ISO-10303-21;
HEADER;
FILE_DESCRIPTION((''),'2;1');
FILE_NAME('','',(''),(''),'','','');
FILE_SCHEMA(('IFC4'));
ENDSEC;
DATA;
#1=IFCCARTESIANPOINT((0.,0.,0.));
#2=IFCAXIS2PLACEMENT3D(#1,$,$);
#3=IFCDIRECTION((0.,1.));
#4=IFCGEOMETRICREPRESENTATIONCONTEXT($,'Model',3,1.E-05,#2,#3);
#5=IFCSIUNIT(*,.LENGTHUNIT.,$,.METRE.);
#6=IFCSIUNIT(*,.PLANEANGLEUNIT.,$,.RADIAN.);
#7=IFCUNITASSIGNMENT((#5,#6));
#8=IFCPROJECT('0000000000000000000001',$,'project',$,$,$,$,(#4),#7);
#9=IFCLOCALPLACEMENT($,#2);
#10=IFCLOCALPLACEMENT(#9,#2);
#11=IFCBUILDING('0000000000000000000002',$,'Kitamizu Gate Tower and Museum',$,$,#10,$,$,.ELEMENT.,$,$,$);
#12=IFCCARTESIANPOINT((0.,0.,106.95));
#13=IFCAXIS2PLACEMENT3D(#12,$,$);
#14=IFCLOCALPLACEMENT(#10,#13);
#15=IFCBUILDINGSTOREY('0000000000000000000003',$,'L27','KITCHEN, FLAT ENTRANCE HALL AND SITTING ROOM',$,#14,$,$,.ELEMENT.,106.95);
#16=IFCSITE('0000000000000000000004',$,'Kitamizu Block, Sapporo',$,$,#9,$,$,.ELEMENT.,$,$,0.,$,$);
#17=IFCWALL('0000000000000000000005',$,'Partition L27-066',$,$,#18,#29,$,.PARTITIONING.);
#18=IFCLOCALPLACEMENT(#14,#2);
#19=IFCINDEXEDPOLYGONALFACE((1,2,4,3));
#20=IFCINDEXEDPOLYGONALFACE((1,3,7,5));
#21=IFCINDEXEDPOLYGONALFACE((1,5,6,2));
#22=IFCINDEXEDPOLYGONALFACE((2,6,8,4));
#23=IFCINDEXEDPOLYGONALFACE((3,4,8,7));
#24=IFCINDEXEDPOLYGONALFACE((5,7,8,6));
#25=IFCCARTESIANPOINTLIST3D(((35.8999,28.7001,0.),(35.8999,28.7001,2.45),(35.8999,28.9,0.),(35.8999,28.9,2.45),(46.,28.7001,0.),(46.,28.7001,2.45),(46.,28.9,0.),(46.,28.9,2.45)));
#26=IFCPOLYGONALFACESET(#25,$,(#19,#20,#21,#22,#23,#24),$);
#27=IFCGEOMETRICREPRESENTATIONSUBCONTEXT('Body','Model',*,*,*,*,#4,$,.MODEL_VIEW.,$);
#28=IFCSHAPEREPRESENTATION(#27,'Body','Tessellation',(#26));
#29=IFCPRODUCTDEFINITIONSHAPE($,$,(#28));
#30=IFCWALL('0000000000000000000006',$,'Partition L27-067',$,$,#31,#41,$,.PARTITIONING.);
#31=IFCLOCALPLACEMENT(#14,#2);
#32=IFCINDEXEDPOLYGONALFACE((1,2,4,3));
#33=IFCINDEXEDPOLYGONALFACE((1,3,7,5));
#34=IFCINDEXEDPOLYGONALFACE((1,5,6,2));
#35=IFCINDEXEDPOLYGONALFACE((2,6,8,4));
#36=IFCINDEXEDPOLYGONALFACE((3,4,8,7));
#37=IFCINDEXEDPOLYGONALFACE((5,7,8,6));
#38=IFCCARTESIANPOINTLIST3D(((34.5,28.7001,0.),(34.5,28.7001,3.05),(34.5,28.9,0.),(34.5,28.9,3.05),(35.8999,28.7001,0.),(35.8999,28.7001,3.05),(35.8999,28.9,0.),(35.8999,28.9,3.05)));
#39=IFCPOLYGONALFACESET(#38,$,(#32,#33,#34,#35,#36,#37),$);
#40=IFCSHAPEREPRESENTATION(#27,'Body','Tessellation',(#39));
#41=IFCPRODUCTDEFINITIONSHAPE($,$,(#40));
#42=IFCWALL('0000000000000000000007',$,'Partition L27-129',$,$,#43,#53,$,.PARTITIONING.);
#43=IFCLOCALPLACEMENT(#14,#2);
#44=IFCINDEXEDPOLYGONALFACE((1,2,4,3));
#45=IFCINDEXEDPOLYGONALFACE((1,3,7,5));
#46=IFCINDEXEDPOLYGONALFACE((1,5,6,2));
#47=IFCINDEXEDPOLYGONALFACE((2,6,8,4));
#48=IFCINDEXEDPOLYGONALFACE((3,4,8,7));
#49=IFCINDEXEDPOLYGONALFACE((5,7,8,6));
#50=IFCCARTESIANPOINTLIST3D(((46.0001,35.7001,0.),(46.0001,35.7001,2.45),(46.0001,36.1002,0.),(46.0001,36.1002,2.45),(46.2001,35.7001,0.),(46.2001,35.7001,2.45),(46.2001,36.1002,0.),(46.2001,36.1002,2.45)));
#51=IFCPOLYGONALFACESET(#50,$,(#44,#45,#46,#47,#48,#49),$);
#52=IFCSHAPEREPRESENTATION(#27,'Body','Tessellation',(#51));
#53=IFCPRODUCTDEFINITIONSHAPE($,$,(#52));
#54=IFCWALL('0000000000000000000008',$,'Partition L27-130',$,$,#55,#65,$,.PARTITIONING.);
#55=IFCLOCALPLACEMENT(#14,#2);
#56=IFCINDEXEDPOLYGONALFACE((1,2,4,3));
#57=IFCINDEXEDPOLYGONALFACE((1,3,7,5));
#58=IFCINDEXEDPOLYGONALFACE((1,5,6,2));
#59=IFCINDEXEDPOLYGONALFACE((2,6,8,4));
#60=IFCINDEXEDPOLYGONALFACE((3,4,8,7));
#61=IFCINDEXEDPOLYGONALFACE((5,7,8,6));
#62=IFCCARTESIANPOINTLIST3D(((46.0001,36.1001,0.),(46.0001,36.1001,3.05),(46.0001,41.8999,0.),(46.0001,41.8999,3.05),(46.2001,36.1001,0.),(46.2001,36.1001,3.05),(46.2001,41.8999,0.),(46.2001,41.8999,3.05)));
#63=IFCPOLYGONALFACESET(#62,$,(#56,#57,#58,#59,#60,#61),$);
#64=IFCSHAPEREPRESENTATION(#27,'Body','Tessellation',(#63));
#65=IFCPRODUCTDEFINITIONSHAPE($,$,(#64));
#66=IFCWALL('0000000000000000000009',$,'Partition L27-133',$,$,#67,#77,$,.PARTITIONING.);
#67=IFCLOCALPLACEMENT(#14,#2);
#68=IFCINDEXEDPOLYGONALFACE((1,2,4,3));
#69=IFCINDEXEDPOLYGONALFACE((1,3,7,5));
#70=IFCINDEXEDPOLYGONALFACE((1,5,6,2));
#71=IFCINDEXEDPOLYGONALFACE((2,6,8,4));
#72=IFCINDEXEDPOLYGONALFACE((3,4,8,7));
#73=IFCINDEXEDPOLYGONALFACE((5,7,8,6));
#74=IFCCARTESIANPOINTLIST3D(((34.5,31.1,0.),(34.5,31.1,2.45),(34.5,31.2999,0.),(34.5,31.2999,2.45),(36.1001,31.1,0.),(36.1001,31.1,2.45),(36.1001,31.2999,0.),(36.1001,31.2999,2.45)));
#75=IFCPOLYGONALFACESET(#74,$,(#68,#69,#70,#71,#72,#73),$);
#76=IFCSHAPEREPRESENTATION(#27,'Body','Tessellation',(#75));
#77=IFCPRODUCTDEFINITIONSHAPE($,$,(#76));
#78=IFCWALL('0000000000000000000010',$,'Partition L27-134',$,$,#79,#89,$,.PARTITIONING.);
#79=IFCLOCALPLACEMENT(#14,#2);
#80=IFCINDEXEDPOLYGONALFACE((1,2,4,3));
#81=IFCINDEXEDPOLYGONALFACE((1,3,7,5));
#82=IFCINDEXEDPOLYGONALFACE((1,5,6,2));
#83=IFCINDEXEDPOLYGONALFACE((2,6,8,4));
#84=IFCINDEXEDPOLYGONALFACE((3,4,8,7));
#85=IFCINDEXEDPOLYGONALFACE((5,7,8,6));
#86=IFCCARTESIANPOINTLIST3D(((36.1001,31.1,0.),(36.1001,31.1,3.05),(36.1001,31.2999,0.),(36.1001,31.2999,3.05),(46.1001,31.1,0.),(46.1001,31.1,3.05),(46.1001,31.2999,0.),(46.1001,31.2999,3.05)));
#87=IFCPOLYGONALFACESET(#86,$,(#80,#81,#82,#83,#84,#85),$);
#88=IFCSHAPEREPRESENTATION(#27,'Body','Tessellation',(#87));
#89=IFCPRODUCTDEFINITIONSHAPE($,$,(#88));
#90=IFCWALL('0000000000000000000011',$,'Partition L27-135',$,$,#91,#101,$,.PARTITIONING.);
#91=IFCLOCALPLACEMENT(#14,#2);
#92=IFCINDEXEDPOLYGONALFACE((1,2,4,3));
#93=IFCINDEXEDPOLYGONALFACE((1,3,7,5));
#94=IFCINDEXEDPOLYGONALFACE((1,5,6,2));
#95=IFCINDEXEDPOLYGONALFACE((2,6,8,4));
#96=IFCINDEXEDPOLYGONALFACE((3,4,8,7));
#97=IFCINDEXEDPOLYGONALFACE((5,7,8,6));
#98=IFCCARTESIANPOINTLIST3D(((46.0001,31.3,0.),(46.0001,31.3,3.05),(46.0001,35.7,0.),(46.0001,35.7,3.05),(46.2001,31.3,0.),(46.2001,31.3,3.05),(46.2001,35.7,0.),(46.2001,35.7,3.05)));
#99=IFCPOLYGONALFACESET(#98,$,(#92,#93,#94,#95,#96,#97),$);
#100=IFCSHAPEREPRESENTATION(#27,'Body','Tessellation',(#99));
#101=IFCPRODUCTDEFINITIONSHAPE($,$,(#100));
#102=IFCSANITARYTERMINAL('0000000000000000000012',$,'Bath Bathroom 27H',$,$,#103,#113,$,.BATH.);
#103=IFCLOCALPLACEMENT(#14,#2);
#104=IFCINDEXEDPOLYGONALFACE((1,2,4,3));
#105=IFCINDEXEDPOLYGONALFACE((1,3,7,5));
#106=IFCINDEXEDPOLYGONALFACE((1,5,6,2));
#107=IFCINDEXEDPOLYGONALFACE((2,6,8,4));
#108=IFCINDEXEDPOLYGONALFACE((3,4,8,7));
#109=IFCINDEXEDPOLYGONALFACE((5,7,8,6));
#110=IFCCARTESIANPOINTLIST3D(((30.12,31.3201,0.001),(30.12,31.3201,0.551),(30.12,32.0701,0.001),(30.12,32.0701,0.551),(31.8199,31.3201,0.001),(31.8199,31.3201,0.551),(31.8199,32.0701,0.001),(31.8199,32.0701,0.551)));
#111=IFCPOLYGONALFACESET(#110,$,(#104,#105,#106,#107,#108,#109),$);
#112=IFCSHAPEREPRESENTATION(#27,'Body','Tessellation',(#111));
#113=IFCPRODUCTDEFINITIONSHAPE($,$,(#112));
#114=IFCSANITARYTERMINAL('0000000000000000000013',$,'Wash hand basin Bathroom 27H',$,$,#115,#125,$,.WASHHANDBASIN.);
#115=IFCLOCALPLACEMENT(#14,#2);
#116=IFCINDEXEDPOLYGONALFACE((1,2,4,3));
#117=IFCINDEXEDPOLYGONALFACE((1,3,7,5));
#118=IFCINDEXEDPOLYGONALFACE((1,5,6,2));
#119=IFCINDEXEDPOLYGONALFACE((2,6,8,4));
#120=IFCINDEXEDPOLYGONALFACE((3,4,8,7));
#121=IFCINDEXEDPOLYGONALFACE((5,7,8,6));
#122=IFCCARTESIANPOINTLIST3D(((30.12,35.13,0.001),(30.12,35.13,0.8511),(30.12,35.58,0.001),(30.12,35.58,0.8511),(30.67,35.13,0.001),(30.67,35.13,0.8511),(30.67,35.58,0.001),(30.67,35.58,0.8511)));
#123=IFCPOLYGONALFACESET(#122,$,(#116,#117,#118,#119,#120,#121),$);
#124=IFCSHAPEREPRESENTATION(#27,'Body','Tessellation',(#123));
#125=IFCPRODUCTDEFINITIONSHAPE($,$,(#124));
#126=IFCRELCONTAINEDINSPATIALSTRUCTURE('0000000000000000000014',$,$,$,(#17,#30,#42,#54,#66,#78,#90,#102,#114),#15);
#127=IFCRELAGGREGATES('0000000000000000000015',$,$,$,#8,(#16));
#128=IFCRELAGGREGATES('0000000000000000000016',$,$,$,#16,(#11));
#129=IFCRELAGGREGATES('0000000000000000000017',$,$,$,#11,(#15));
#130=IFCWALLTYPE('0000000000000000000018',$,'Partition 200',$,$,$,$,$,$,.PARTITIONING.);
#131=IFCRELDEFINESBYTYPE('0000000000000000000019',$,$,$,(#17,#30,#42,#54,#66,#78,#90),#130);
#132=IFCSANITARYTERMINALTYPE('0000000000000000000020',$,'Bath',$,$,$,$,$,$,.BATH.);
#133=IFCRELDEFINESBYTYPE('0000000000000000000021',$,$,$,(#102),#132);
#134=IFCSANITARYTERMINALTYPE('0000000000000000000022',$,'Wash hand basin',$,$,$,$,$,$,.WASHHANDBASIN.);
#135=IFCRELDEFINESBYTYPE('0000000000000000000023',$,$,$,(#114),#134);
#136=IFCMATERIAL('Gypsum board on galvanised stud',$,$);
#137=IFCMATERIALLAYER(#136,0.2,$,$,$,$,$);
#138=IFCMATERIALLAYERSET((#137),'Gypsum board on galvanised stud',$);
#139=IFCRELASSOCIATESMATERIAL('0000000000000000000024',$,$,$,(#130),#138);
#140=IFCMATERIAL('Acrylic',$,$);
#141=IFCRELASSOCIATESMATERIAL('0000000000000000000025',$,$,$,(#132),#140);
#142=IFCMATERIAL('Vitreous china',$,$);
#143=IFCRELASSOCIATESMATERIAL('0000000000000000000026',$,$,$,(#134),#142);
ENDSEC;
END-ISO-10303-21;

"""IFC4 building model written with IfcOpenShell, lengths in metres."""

from ifc_helpers import new_model, si_unit, direction, frame, frame_2d, origin, origin_2d, place, context, subcontext, project, spatial, rectangle, extrude, material, layer, layer_set, type_object, element, save


model = new_model("IFC4")

# Units and contexts
model_context = context("Model", 3, precision=1e-05, world=origin(), true_north=direction((0.0, 1.0)))
body_context = subcontext(model_context, "Body", "Model", "MODEL_VIEW")
ifc_project = project(units=[si_unit("LENGTHUNIT", "METRE"), si_unit("PLANEANGLEUNIT", "RADIAN")], contexts=[model_context])

# Site, building, storey
site_placement = place(None, origin())
site = spatial("IfcSite", under=ifc_project, at=site_placement, Name="Kitamizu Block, Sapporo", CompositionType="ELEMENT", RefElevation=0.0)
building_placement = place(site_placement, origin())
building = spatial("IfcBuilding", under=site, at=building_placement, Name="Kitamizu Gate Tower and Museum", CompositionType="ELEMENT")
storey_placement = place(building_placement, frame((0.0, 0.0, 106.95)))
storey = spatial("IfcBuildingStorey", under=building, at=storey_placement, Name="L27", Description="KITCHEN, FLAT ENTRANCE HALL AND SITTING ROOM", CompositionType="ELEMENT", Elevation=106.95)

# Walls
ifc_material_1 = material(Name="Gypsum board on galvanised stud")
ifc_layer_1 = layer(ifc_material_1, 0.2)
ifc_layer_set_1 = layer_set([ifc_layer_1], Name="Gypsum board on galvanised stud")
wall_type_1 = type_object("IfcWallType", Name="Partition 200", PredefinedType="PARTITIONING", material=ifc_layer_set_1)
wall_1_placement = place(storey_placement, frame((46.0, 28.8, 0.0), z_axis=(0.0, 0.0, 1.0), x_axis=(-1.0, 0.0, 0.0)))
element("IfcWall", 1, at=wall_1_placement, inside=storey, type_object=wall_type_1, Name="Partition L27-066", PredefinedType="PARTITIONING", context=body_context, shape_type="SweptSolid", body=[
    extrude(rectangle(XDim=10.1001, YDim=0.2, at=frame_2d((5.05, 0.0))), origin(), (0.0, 0.0, 1.0), 2.45),
])
wall_2_placement = place(storey_placement, frame((35.8999, 28.8, 0.0), z_axis=(0.0, 0.0, 1.0), x_axis=(-1.0, 0.0, 0.0)))
element("IfcWall", 2, at=wall_2_placement, inside=storey, type_object=wall_type_1, Name="Partition L27-067", PredefinedType="PARTITIONING", context=body_context, shape_type="SweptSolid", body=[
    extrude(rectangle(XDim=1.3999, YDim=0.2, at=frame_2d((0.7, 0.0))), origin(), (0.0, 0.0, 1.0), 3.05),
])
wall_3_placement = place(storey_placement, frame((46.1001, 35.7, 0.0), z_axis=(0.0, 0.0, 1.0), x_axis=(0.0, 1.0, 0.0)))
element("IfcWall", 3, at=wall_3_placement, inside=storey, type_object=wall_type_1, Name="Partition L27-129", PredefinedType="PARTITIONING", context=body_context, shape_type="SweptSolid", body=[
    extrude(rectangle(XDim=0.4001, YDim=0.2, at=frame_2d((0.2002, 0.0))), origin(), (0.0, 0.0, 1.0), 2.45),
])
wall_4_placement = place(storey_placement, frame((46.1001, 36.1001, 0.0), z_axis=(0.0, 0.0, 1.0), x_axis=(0.0, 1.0, 0.0)))
element("IfcWall", 4, at=wall_4_placement, inside=storey, type_object=wall_type_1, Name="Partition L27-130", PredefinedType="PARTITIONING", context=body_context, shape_type="SweptSolid", body=[
    extrude(rectangle(XDim=5.7998, YDim=0.2, at=frame_2d((2.8999, 0.0))), origin(), (0.0, 0.0, 1.0), 3.05),
])
wall_5_placement = place(storey_placement, frame((34.5, 31.2, 0.0), z_axis=(0.0, 0.0, 1.0), x_axis=(1.0, 0.0, 0.0)))
element("IfcWall", 5, at=wall_5_placement, inside=storey, type_object=wall_type_1, Name="Partition L27-133", PredefinedType="PARTITIONING", context=body_context, shape_type="SweptSolid", body=[
    extrude(rectangle(XDim=1.6001, YDim=0.2, at=frame_2d((0.8, 0.0))), origin(), (0.0, 0.0, 1.0), 2.45),
])
wall_6_placement = place(storey_placement, frame((36.1001, 31.2, 0.0), z_axis=(0.0, 0.0, 1.0), x_axis=(1.0, 0.0, 0.0)))
element("IfcWall", 6, at=wall_6_placement, inside=storey, type_object=wall_type_1, Name="Partition L27-134", PredefinedType="PARTITIONING", context=body_context, shape_type="SweptSolid", body=[
    extrude(rectangle(XDim=10.0, YDim=0.2, at=frame_2d((5.0, 0.0))), origin(), (0.0, 0.0, 1.0), 3.05),
])
wall_7_placement = place(storey_placement, frame((46.1001, 31.3, 0.0), z_axis=(0.0, 0.0, 1.0), x_axis=(0.0, 1.0, 0.0)))
element("IfcWall", 7, at=wall_7_placement, inside=storey, type_object=wall_type_1, Name="Partition L27-135", PredefinedType="PARTITIONING", context=body_context, shape_type="SweptSolid", body=[
    extrude(rectangle(XDim=4.3999, YDim=0.2, at=frame_2d((2.2, 0.0))), origin(), (0.0, 0.0, 1.0), 3.05),
])

# Sanitary terminals
ifc_material_2 = material(Name="Acrylic")
sanitary_terminal_type_1 = type_object("IfcSanitaryTerminalType", Name="Bath", PredefinedType="BATH", material=ifc_material_2)
sanitary_terminal_1_placement = place(storey_placement, frame((30.97, 31.6951, 0.001), z_axis=(0.0, 0.0, 1.0), x_axis=(1.0, 0.0, 0.0)))
element("IfcSanitaryTerminal", 8, at=sanitary_terminal_1_placement, inside=storey, type_object=sanitary_terminal_type_1, Name="Bath Bathroom 27H", PredefinedType="BATH", context=body_context, shape_type="SweptSolid", body=[
    extrude(rectangle(XDim=1.7, YDim=0.75, at=origin_2d()), origin(), (0.0, 0.0, 1.0), 0.55),
])
ifc_material_3 = material(Name="Vitreous china")
sanitary_terminal_type_2 = type_object("IfcSanitaryTerminalType", Name="Wash hand basin", PredefinedType="WASHHANDBASIN", material=ifc_material_3)
sanitary_terminal_2_placement = place(storey_placement, frame((30.395, 35.355, 0.001), z_axis=(0.0, 0.0, 1.0), x_axis=(1.0, 0.0, 0.0)))
element("IfcSanitaryTerminal", 9, at=sanitary_terminal_2_placement, inside=storey, type_object=sanitary_terminal_type_2, Name="Wash hand basin Bathroom 27H", PredefinedType="WASHHANDBASIN", context=body_context, shape_type="SweptSolid", body=[
    extrude(rectangle(XDim=0.55, YDim=0.45, at=origin_2d()), origin(), (0.0, 0.0, 1.0), 0.8501),
])

save(model, "model.ifc")
